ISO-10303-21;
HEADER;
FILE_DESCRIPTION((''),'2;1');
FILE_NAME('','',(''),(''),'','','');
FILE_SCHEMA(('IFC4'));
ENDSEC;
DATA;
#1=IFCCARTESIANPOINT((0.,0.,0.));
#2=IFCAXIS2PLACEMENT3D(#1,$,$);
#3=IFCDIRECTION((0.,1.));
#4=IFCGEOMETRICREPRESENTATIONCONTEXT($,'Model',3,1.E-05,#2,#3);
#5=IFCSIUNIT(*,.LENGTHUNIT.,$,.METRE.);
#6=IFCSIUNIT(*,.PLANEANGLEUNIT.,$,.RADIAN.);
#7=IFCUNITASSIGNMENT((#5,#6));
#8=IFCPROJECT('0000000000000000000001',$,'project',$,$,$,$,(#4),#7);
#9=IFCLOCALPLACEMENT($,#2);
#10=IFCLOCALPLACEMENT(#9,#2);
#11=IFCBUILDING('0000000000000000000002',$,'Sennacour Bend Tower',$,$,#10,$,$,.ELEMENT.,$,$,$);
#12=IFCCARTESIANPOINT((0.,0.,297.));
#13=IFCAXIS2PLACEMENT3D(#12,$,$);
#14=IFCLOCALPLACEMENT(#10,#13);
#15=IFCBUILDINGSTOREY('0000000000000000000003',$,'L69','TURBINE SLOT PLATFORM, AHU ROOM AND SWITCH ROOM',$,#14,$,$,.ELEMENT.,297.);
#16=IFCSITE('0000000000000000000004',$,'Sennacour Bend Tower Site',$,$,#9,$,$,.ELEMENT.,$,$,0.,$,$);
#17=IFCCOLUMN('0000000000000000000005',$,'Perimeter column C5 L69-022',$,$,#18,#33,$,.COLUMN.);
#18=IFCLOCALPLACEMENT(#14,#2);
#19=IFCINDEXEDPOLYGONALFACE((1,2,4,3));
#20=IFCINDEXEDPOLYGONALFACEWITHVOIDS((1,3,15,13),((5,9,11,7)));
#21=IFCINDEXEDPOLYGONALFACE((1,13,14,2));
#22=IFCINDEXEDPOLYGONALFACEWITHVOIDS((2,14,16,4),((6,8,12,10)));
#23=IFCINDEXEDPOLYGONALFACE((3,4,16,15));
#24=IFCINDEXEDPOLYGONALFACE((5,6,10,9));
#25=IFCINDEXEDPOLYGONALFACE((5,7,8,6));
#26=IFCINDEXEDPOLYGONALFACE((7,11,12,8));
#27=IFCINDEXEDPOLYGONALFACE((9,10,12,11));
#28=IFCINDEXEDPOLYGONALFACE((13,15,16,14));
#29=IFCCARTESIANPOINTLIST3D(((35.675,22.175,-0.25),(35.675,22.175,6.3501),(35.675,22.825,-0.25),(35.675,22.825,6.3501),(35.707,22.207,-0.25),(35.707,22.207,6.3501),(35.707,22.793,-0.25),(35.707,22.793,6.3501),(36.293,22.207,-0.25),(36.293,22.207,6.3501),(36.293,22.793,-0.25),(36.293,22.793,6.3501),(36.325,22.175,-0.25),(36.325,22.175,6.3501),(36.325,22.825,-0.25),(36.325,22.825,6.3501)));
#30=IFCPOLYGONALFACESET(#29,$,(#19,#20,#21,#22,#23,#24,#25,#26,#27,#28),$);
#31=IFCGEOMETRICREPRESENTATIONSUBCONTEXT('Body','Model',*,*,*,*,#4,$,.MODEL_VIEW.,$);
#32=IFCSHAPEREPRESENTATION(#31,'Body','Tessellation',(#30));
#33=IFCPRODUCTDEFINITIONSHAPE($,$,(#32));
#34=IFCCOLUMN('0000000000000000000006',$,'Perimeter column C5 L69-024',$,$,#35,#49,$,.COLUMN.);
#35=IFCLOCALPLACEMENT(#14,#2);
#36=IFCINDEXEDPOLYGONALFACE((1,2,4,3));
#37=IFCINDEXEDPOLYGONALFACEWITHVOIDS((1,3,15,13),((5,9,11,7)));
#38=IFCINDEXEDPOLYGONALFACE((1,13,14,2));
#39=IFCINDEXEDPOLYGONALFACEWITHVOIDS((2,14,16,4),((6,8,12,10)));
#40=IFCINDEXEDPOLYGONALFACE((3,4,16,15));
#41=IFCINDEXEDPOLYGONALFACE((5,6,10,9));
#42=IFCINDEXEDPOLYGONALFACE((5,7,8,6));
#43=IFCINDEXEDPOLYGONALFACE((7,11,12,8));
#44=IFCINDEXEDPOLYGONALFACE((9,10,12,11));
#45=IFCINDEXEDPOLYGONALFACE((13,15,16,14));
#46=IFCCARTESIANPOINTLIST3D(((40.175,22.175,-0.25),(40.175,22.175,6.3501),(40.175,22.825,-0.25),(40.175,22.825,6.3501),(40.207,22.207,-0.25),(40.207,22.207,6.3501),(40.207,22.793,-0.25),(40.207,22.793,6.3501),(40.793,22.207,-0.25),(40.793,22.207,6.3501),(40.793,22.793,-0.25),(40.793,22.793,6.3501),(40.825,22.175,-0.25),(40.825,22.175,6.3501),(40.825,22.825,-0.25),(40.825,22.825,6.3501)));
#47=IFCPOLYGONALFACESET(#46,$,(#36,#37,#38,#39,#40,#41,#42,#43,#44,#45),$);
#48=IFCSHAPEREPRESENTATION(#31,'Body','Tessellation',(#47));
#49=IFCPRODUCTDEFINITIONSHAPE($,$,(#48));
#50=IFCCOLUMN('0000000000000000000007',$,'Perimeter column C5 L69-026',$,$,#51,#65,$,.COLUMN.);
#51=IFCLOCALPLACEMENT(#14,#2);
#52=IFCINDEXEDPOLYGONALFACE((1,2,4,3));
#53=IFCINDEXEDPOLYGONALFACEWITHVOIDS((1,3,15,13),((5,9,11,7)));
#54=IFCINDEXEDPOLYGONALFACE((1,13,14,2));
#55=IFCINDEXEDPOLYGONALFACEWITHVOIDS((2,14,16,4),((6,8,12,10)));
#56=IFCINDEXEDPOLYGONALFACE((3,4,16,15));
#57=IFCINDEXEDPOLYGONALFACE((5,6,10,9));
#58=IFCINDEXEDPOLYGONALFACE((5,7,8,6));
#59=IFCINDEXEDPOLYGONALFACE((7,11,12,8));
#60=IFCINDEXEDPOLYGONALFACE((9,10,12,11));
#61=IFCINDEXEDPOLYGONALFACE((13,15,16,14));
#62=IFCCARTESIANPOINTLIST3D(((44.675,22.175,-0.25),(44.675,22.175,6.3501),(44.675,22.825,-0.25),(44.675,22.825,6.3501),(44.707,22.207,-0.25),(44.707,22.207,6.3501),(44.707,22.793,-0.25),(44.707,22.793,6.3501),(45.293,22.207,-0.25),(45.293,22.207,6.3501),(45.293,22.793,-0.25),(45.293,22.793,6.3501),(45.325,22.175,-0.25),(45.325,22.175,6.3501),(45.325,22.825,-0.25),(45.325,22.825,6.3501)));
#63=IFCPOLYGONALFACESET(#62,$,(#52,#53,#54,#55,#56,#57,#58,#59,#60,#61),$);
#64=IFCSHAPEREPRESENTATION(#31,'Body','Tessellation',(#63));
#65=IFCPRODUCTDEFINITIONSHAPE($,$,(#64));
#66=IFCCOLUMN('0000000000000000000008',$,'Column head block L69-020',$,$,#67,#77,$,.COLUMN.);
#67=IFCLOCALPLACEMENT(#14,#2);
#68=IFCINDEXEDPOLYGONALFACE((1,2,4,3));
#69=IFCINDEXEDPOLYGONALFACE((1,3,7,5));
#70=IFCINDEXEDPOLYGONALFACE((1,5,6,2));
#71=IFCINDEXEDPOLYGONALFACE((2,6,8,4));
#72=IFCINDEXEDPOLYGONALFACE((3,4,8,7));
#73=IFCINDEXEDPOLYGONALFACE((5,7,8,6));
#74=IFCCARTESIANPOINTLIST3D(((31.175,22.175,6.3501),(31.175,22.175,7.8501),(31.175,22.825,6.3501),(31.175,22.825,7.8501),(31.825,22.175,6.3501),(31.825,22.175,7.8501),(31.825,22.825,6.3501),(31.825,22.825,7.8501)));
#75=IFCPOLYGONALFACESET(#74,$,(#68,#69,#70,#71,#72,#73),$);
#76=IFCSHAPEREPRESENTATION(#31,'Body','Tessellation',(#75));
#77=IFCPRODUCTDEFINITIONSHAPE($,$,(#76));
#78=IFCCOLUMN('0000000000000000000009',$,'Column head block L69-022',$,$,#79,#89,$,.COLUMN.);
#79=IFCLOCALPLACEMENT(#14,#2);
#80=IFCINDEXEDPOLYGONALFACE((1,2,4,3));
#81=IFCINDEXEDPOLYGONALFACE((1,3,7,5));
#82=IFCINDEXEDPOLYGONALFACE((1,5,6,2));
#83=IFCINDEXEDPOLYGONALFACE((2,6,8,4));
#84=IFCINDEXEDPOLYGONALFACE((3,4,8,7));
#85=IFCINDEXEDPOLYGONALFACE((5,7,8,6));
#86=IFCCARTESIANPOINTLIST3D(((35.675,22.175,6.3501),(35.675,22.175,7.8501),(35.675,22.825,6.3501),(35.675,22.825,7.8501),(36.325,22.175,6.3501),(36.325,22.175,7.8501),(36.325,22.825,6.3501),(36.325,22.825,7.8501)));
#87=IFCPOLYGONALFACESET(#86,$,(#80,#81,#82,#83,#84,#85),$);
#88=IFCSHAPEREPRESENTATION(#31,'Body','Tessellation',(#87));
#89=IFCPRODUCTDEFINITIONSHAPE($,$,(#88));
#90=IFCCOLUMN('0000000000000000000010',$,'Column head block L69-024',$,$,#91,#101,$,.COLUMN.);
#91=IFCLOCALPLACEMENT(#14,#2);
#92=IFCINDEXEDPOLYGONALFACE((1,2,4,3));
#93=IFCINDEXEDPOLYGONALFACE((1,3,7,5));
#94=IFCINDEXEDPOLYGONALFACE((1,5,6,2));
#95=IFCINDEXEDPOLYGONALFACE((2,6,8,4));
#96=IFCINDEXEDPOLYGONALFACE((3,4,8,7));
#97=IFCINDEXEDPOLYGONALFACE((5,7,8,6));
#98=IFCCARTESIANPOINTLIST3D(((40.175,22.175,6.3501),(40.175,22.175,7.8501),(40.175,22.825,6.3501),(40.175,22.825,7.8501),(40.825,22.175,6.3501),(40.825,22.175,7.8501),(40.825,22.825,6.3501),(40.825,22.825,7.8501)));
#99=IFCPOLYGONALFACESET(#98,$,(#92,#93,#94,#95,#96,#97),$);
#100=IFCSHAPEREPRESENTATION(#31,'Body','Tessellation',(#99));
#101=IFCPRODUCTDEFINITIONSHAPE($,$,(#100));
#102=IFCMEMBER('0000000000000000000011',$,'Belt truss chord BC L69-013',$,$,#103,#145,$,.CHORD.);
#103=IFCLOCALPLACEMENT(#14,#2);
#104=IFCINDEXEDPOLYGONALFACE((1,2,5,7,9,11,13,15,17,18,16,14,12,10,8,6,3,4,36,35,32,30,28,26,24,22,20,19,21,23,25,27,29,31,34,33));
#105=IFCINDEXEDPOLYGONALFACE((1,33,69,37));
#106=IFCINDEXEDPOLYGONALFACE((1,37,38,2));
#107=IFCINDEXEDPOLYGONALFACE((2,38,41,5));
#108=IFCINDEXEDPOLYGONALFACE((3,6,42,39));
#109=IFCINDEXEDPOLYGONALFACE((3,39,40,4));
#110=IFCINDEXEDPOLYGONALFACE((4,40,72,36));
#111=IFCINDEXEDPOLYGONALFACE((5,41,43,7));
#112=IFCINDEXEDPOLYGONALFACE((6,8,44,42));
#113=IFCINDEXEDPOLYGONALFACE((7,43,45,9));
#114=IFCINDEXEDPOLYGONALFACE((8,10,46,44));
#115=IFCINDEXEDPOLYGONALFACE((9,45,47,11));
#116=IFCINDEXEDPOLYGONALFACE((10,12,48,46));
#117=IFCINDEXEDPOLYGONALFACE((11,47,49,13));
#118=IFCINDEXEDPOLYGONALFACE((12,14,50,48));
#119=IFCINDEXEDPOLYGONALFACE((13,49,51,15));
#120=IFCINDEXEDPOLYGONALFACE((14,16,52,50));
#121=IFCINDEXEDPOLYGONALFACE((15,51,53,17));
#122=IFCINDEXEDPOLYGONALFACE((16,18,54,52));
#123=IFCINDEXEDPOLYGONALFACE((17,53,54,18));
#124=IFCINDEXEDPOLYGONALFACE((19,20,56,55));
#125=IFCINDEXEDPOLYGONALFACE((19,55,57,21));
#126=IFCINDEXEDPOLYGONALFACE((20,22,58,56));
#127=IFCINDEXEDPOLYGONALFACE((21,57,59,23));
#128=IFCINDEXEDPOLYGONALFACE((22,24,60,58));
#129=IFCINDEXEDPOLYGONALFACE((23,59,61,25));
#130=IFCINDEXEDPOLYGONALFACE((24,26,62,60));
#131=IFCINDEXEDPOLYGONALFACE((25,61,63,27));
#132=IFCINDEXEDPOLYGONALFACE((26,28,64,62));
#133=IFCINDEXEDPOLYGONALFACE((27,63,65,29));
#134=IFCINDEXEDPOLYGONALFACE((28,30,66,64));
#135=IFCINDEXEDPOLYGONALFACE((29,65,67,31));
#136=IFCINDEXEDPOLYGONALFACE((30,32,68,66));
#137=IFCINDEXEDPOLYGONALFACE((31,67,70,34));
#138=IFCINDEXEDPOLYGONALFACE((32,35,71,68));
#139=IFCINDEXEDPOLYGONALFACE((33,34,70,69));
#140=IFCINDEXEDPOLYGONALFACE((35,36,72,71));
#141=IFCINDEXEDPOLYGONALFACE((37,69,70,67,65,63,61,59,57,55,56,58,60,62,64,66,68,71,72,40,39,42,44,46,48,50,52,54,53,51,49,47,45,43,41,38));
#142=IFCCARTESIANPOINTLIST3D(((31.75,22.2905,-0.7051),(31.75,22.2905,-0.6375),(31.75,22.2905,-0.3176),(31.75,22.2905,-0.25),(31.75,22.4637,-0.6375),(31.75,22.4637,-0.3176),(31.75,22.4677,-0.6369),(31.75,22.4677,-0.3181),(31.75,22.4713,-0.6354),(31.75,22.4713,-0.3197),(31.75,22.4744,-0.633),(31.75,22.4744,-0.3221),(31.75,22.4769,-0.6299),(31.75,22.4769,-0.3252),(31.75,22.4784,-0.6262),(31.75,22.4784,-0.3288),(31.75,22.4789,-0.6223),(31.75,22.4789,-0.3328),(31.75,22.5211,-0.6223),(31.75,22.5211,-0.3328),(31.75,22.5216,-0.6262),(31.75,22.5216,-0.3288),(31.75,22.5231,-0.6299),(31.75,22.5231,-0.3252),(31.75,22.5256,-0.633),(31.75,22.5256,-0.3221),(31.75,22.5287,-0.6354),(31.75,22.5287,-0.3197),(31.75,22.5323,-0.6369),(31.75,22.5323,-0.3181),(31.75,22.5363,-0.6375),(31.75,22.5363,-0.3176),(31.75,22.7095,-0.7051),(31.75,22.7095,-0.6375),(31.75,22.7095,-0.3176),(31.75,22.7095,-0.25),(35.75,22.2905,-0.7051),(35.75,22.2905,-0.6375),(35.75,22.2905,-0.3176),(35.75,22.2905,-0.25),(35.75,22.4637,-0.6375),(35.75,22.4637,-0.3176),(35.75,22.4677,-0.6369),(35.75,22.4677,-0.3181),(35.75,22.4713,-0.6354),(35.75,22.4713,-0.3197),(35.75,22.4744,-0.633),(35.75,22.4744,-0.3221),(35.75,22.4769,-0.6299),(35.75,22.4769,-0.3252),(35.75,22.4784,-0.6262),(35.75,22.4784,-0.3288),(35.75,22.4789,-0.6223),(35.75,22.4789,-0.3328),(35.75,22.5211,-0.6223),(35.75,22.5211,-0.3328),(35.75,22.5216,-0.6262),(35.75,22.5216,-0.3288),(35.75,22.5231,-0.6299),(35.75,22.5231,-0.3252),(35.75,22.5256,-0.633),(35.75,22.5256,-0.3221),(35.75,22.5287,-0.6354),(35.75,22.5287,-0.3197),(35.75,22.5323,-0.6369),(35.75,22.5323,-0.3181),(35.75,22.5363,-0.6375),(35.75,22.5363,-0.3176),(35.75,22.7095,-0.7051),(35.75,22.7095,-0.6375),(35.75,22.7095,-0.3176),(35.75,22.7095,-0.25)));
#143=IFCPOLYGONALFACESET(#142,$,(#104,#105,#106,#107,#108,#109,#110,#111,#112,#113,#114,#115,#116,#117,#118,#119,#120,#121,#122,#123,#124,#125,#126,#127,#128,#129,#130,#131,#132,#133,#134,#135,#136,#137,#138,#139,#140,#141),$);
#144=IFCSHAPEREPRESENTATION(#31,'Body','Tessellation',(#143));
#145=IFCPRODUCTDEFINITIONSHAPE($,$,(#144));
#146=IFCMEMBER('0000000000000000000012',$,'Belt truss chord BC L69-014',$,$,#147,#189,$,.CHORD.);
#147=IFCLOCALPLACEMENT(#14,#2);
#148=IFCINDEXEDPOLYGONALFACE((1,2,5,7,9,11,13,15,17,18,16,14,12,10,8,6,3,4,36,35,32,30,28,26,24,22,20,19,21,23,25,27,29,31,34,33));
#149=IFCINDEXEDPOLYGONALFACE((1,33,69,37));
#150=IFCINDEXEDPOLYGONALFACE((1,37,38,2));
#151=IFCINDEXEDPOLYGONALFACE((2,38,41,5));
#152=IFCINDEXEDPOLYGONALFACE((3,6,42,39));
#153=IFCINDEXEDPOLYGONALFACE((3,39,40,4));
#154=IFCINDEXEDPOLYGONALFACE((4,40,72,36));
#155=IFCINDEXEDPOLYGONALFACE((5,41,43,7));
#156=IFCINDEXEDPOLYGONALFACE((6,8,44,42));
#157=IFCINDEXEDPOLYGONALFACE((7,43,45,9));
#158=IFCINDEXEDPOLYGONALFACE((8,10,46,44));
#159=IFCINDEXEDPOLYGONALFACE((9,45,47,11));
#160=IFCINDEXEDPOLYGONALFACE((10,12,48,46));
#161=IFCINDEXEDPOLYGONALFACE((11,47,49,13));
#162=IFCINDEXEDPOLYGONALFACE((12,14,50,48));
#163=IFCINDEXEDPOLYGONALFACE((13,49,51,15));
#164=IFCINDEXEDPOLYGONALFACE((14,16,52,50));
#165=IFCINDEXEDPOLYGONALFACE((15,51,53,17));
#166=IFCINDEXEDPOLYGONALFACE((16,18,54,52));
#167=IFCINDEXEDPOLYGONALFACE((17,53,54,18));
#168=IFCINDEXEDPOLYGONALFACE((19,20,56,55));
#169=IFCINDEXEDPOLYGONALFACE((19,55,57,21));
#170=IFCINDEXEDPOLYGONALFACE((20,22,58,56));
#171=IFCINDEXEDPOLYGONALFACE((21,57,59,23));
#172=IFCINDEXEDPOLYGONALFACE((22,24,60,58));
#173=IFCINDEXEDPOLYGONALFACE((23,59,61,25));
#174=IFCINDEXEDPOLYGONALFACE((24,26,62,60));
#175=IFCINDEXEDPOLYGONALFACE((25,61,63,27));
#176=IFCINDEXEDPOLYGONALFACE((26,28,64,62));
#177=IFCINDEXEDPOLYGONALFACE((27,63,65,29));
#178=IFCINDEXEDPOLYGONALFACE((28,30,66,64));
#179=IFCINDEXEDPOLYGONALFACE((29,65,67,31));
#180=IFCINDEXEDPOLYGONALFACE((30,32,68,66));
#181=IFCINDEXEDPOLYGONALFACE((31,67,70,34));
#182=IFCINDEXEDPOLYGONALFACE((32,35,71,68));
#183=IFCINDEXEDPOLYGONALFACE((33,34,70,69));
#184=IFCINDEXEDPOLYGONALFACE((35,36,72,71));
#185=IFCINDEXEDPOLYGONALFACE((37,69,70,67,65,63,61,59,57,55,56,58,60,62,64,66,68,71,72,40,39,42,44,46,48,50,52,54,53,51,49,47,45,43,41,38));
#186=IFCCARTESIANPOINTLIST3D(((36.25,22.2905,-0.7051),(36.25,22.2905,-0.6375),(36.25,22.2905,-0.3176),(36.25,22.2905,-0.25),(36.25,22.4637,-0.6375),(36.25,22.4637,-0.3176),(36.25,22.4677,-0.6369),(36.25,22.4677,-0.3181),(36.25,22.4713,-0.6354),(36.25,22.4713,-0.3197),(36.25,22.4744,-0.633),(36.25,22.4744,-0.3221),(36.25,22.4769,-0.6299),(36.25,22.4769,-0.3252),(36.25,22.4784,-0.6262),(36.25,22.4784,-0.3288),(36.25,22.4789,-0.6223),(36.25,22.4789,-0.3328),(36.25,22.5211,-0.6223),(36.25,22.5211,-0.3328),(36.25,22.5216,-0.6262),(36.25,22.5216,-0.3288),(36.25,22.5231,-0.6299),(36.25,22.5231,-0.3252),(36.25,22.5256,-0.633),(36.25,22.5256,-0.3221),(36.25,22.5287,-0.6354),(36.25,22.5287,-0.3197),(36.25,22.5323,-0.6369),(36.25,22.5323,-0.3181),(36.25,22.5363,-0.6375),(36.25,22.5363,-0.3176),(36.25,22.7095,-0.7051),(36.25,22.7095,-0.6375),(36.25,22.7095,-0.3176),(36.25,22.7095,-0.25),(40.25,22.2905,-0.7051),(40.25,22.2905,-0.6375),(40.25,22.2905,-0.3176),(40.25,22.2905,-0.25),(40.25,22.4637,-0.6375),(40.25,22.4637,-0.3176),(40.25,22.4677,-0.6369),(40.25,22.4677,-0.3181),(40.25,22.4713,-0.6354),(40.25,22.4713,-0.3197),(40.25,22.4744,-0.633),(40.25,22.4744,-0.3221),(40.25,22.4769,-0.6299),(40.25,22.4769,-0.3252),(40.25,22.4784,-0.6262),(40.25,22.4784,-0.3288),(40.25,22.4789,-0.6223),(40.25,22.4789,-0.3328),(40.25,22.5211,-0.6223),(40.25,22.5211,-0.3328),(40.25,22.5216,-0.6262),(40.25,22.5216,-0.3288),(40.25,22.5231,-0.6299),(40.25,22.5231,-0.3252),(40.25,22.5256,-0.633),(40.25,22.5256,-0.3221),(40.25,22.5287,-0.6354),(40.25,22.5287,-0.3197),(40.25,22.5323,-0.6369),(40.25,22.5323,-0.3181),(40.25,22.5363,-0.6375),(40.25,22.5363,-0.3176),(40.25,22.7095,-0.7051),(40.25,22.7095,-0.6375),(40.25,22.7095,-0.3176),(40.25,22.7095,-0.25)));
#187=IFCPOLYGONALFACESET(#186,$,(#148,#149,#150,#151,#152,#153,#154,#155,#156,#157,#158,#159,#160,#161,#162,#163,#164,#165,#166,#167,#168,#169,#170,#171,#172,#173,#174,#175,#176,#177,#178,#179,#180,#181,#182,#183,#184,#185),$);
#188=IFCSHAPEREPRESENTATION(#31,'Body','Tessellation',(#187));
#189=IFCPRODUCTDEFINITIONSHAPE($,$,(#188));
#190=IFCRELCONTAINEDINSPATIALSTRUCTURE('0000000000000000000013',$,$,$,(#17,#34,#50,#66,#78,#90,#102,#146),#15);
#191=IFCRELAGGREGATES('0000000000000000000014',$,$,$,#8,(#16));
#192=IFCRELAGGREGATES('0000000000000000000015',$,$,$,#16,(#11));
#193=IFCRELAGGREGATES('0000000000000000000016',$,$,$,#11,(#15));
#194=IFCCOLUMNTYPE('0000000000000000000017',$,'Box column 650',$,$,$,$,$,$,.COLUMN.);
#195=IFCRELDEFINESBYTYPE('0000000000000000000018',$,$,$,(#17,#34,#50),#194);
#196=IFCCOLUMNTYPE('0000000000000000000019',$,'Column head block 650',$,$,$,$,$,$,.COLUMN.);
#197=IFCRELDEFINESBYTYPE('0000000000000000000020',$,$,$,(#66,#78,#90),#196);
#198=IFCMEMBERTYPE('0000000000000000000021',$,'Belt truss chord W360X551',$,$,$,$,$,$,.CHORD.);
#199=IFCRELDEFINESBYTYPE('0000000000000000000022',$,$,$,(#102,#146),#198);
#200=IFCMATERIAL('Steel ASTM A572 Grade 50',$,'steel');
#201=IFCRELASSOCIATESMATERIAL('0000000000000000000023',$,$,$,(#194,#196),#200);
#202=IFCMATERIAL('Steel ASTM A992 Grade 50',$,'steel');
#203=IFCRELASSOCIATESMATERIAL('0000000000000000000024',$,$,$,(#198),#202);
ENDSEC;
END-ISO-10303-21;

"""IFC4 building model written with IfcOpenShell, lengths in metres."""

from ifc_helpers import new_model, si_unit, direction, frame, origin, origin_2d, place, context, subcontext, project, spatial, rectangle, hollow_rectangle, i_section, extrude, material, material_profile, profile_set, type_object, element, save


model = new_model("IFC4")

# Units and contexts
model_context = context("Model", 3, precision=1e-05, world=origin(), true_north=direction((0.0, 1.0)))
body_context = subcontext(model_context, "Body", "Model", "MODEL_VIEW")
ifc_project = project(units=[si_unit("LENGTHUNIT", "METRE"), si_unit("PLANEANGLEUNIT", "RADIAN")], contexts=[model_context])

# Site, building, storey
site_placement = place(None, origin())
site = spatial("IfcSite", under=ifc_project, at=site_placement, Name="Sennacour Bend Tower Site", CompositionType="ELEMENT", RefElevation=0.0)
building_placement = place(site_placement, origin())
building = spatial("IfcBuilding", under=site, at=building_placement, Name="Sennacour Bend Tower", CompositionType="ELEMENT")
storey_placement = place(building_placement, frame((0.0, 0.0, 297.0)))
storey = spatial("IfcBuildingStorey", under=building, at=storey_placement, Name="L69", Description="TURBINE SLOT PLATFORM, AHU ROOM AND SWITCH ROOM", CompositionType="ELEMENT", Elevation=297.0)

# Columns
ifc_material_1 = material(Name="Steel ASTM A572 Grade 50", Category="steel")
ifc_material_profile_1 = material_profile(ifc_material_1, hollow_rectangle(XDim=0.6499, YDim=0.6499, WallThickness=0.032, at=origin_2d()), Name="Steel ASTM A572 Grade 50", Category="steel")
ifc_profile_set_1 = profile_set([ifc_material_profile_1], Name="Steel ASTM A572 Grade 50")
column_type_1 = type_object("IfcColumnType", Name="Box column 650", PredefinedType="COLUMN", material=ifc_profile_set_1)
for number, where, z_axis, x_axis, name in (
    (1, (36.0, 22.5, -0.25), (0.0, 0.0, 1.0), (1.0, 0.0, 0.0), "Perimeter column C5 L69-022"),
    (2, (40.5, 22.5, -0.25), (0.0, 0.0, 1.0), (1.0, 0.0, 0.0), "Perimeter column C5 L69-024"),
    (3, (45.0, 22.5, -0.25), (0.0, 0.0, 1.0), (1.0, 0.0, 0.0), "Perimeter column C5 L69-026"),
):
    element("IfcColumn", number, at=place(storey_placement, frame(where, z_axis=z_axis, x_axis=x_axis)), inside=storey, type_object=column_type_1, Name=name, PredefinedType="COLUMN", context=body_context, shape_type="SweptSolid", body=[
        extrude(hollow_rectangle(XDim=0.6499, YDim=0.6499, WallThickness=0.032, at=origin_2d()), origin(), (0.0, 0.0, 1.0), 6.6001),
    ])
ifc_material_profile_2 = material_profile(ifc_material_1, rectangle(XDim=0.6499, YDim=0.6499, at=origin_2d()), Name="Steel ASTM A572 Grade 50", Category="steel")
ifc_profile_set_2 = profile_set([ifc_material_profile_2], Name="Steel ASTM A572 Grade 50")
column_type_2 = type_object("IfcColumnType", Name="Column head block 650", PredefinedType="COLUMN", material=ifc_profile_set_2)
for number, where, z_axis, x_axis, name in (
    (4, (31.5, 22.5, 6.3501), (0.0, 0.0, 1.0), (1.0, 0.0, 0.0), "Column head block L69-020"),
    (5, (36.0, 22.5, 6.3501), (0.0, 0.0, 1.0), (1.0, 0.0, 0.0), "Column head block L69-022"),
    (6, (40.5, 22.5, 6.3501), (0.0, 0.0, 1.0), (1.0, 0.0, 0.0), "Column head block L69-024"),
):
    element("IfcColumn", number, at=place(storey_placement, frame(where, z_axis=z_axis, x_axis=x_axis)), inside=storey, type_object=column_type_2, Name=name, PredefinedType="COLUMN", context=body_context, shape_type="SweptSolid", body=[
        extrude(rectangle(XDim=0.6499, YDim=0.6499, at=origin_2d()), origin(), (0.0, 0.0, 1.0), 1.5),
    ])

# Members
ifc_material_2 = material(Name="Steel ASTM A992 Grade 50", Category="steel")
ifc_material_profile_3 = material_profile(ifc_material_2, i_section(OverallWidth=0.4189, OverallDepth=0.4551, WebThickness=0.0422, FlangeThickness=0.0676, FilletRadius=0.0151, at=origin_2d()), Name="Steel ASTM A992 Grade 50", Category="steel")
ifc_profile_set_3 = profile_set([ifc_material_profile_3], Name="Steel ASTM A992 Grade 50")
member_type_1 = type_object("IfcMemberType", Name="Belt truss chord W360X551", PredefinedType="CHORD", material=ifc_profile_set_3)
for number, where, z_axis, x_axis, name in (
    (7, (31.75, 22.5, -0.4775), (1.0, 0.0, 0.0), (0.0, 1.0, 0.0), "Belt truss chord BC L69-013"),
    (8, (36.25, 22.5, -0.4775), (1.0, 0.0, 0.0), (0.0, 1.0, 0.0), "Belt truss chord BC L69-014"),
):
    element("IfcMember", number, at=place(storey_placement, frame(where, z_axis=z_axis, x_axis=x_axis)), inside=storey, type_object=member_type_1, Name=name, PredefinedType="CHORD", context=body_context, shape_type="SweptSolid", body=[
        extrude(i_section(OverallWidth=0.4189, OverallDepth=0.4551, WebThickness=0.0422, FlangeThickness=0.0676, FilletRadius=0.0151, at=origin_2d()), origin(), (0.0, 0.0, 1.0), 4.0),
    ])

save(model, "model.ifc")
